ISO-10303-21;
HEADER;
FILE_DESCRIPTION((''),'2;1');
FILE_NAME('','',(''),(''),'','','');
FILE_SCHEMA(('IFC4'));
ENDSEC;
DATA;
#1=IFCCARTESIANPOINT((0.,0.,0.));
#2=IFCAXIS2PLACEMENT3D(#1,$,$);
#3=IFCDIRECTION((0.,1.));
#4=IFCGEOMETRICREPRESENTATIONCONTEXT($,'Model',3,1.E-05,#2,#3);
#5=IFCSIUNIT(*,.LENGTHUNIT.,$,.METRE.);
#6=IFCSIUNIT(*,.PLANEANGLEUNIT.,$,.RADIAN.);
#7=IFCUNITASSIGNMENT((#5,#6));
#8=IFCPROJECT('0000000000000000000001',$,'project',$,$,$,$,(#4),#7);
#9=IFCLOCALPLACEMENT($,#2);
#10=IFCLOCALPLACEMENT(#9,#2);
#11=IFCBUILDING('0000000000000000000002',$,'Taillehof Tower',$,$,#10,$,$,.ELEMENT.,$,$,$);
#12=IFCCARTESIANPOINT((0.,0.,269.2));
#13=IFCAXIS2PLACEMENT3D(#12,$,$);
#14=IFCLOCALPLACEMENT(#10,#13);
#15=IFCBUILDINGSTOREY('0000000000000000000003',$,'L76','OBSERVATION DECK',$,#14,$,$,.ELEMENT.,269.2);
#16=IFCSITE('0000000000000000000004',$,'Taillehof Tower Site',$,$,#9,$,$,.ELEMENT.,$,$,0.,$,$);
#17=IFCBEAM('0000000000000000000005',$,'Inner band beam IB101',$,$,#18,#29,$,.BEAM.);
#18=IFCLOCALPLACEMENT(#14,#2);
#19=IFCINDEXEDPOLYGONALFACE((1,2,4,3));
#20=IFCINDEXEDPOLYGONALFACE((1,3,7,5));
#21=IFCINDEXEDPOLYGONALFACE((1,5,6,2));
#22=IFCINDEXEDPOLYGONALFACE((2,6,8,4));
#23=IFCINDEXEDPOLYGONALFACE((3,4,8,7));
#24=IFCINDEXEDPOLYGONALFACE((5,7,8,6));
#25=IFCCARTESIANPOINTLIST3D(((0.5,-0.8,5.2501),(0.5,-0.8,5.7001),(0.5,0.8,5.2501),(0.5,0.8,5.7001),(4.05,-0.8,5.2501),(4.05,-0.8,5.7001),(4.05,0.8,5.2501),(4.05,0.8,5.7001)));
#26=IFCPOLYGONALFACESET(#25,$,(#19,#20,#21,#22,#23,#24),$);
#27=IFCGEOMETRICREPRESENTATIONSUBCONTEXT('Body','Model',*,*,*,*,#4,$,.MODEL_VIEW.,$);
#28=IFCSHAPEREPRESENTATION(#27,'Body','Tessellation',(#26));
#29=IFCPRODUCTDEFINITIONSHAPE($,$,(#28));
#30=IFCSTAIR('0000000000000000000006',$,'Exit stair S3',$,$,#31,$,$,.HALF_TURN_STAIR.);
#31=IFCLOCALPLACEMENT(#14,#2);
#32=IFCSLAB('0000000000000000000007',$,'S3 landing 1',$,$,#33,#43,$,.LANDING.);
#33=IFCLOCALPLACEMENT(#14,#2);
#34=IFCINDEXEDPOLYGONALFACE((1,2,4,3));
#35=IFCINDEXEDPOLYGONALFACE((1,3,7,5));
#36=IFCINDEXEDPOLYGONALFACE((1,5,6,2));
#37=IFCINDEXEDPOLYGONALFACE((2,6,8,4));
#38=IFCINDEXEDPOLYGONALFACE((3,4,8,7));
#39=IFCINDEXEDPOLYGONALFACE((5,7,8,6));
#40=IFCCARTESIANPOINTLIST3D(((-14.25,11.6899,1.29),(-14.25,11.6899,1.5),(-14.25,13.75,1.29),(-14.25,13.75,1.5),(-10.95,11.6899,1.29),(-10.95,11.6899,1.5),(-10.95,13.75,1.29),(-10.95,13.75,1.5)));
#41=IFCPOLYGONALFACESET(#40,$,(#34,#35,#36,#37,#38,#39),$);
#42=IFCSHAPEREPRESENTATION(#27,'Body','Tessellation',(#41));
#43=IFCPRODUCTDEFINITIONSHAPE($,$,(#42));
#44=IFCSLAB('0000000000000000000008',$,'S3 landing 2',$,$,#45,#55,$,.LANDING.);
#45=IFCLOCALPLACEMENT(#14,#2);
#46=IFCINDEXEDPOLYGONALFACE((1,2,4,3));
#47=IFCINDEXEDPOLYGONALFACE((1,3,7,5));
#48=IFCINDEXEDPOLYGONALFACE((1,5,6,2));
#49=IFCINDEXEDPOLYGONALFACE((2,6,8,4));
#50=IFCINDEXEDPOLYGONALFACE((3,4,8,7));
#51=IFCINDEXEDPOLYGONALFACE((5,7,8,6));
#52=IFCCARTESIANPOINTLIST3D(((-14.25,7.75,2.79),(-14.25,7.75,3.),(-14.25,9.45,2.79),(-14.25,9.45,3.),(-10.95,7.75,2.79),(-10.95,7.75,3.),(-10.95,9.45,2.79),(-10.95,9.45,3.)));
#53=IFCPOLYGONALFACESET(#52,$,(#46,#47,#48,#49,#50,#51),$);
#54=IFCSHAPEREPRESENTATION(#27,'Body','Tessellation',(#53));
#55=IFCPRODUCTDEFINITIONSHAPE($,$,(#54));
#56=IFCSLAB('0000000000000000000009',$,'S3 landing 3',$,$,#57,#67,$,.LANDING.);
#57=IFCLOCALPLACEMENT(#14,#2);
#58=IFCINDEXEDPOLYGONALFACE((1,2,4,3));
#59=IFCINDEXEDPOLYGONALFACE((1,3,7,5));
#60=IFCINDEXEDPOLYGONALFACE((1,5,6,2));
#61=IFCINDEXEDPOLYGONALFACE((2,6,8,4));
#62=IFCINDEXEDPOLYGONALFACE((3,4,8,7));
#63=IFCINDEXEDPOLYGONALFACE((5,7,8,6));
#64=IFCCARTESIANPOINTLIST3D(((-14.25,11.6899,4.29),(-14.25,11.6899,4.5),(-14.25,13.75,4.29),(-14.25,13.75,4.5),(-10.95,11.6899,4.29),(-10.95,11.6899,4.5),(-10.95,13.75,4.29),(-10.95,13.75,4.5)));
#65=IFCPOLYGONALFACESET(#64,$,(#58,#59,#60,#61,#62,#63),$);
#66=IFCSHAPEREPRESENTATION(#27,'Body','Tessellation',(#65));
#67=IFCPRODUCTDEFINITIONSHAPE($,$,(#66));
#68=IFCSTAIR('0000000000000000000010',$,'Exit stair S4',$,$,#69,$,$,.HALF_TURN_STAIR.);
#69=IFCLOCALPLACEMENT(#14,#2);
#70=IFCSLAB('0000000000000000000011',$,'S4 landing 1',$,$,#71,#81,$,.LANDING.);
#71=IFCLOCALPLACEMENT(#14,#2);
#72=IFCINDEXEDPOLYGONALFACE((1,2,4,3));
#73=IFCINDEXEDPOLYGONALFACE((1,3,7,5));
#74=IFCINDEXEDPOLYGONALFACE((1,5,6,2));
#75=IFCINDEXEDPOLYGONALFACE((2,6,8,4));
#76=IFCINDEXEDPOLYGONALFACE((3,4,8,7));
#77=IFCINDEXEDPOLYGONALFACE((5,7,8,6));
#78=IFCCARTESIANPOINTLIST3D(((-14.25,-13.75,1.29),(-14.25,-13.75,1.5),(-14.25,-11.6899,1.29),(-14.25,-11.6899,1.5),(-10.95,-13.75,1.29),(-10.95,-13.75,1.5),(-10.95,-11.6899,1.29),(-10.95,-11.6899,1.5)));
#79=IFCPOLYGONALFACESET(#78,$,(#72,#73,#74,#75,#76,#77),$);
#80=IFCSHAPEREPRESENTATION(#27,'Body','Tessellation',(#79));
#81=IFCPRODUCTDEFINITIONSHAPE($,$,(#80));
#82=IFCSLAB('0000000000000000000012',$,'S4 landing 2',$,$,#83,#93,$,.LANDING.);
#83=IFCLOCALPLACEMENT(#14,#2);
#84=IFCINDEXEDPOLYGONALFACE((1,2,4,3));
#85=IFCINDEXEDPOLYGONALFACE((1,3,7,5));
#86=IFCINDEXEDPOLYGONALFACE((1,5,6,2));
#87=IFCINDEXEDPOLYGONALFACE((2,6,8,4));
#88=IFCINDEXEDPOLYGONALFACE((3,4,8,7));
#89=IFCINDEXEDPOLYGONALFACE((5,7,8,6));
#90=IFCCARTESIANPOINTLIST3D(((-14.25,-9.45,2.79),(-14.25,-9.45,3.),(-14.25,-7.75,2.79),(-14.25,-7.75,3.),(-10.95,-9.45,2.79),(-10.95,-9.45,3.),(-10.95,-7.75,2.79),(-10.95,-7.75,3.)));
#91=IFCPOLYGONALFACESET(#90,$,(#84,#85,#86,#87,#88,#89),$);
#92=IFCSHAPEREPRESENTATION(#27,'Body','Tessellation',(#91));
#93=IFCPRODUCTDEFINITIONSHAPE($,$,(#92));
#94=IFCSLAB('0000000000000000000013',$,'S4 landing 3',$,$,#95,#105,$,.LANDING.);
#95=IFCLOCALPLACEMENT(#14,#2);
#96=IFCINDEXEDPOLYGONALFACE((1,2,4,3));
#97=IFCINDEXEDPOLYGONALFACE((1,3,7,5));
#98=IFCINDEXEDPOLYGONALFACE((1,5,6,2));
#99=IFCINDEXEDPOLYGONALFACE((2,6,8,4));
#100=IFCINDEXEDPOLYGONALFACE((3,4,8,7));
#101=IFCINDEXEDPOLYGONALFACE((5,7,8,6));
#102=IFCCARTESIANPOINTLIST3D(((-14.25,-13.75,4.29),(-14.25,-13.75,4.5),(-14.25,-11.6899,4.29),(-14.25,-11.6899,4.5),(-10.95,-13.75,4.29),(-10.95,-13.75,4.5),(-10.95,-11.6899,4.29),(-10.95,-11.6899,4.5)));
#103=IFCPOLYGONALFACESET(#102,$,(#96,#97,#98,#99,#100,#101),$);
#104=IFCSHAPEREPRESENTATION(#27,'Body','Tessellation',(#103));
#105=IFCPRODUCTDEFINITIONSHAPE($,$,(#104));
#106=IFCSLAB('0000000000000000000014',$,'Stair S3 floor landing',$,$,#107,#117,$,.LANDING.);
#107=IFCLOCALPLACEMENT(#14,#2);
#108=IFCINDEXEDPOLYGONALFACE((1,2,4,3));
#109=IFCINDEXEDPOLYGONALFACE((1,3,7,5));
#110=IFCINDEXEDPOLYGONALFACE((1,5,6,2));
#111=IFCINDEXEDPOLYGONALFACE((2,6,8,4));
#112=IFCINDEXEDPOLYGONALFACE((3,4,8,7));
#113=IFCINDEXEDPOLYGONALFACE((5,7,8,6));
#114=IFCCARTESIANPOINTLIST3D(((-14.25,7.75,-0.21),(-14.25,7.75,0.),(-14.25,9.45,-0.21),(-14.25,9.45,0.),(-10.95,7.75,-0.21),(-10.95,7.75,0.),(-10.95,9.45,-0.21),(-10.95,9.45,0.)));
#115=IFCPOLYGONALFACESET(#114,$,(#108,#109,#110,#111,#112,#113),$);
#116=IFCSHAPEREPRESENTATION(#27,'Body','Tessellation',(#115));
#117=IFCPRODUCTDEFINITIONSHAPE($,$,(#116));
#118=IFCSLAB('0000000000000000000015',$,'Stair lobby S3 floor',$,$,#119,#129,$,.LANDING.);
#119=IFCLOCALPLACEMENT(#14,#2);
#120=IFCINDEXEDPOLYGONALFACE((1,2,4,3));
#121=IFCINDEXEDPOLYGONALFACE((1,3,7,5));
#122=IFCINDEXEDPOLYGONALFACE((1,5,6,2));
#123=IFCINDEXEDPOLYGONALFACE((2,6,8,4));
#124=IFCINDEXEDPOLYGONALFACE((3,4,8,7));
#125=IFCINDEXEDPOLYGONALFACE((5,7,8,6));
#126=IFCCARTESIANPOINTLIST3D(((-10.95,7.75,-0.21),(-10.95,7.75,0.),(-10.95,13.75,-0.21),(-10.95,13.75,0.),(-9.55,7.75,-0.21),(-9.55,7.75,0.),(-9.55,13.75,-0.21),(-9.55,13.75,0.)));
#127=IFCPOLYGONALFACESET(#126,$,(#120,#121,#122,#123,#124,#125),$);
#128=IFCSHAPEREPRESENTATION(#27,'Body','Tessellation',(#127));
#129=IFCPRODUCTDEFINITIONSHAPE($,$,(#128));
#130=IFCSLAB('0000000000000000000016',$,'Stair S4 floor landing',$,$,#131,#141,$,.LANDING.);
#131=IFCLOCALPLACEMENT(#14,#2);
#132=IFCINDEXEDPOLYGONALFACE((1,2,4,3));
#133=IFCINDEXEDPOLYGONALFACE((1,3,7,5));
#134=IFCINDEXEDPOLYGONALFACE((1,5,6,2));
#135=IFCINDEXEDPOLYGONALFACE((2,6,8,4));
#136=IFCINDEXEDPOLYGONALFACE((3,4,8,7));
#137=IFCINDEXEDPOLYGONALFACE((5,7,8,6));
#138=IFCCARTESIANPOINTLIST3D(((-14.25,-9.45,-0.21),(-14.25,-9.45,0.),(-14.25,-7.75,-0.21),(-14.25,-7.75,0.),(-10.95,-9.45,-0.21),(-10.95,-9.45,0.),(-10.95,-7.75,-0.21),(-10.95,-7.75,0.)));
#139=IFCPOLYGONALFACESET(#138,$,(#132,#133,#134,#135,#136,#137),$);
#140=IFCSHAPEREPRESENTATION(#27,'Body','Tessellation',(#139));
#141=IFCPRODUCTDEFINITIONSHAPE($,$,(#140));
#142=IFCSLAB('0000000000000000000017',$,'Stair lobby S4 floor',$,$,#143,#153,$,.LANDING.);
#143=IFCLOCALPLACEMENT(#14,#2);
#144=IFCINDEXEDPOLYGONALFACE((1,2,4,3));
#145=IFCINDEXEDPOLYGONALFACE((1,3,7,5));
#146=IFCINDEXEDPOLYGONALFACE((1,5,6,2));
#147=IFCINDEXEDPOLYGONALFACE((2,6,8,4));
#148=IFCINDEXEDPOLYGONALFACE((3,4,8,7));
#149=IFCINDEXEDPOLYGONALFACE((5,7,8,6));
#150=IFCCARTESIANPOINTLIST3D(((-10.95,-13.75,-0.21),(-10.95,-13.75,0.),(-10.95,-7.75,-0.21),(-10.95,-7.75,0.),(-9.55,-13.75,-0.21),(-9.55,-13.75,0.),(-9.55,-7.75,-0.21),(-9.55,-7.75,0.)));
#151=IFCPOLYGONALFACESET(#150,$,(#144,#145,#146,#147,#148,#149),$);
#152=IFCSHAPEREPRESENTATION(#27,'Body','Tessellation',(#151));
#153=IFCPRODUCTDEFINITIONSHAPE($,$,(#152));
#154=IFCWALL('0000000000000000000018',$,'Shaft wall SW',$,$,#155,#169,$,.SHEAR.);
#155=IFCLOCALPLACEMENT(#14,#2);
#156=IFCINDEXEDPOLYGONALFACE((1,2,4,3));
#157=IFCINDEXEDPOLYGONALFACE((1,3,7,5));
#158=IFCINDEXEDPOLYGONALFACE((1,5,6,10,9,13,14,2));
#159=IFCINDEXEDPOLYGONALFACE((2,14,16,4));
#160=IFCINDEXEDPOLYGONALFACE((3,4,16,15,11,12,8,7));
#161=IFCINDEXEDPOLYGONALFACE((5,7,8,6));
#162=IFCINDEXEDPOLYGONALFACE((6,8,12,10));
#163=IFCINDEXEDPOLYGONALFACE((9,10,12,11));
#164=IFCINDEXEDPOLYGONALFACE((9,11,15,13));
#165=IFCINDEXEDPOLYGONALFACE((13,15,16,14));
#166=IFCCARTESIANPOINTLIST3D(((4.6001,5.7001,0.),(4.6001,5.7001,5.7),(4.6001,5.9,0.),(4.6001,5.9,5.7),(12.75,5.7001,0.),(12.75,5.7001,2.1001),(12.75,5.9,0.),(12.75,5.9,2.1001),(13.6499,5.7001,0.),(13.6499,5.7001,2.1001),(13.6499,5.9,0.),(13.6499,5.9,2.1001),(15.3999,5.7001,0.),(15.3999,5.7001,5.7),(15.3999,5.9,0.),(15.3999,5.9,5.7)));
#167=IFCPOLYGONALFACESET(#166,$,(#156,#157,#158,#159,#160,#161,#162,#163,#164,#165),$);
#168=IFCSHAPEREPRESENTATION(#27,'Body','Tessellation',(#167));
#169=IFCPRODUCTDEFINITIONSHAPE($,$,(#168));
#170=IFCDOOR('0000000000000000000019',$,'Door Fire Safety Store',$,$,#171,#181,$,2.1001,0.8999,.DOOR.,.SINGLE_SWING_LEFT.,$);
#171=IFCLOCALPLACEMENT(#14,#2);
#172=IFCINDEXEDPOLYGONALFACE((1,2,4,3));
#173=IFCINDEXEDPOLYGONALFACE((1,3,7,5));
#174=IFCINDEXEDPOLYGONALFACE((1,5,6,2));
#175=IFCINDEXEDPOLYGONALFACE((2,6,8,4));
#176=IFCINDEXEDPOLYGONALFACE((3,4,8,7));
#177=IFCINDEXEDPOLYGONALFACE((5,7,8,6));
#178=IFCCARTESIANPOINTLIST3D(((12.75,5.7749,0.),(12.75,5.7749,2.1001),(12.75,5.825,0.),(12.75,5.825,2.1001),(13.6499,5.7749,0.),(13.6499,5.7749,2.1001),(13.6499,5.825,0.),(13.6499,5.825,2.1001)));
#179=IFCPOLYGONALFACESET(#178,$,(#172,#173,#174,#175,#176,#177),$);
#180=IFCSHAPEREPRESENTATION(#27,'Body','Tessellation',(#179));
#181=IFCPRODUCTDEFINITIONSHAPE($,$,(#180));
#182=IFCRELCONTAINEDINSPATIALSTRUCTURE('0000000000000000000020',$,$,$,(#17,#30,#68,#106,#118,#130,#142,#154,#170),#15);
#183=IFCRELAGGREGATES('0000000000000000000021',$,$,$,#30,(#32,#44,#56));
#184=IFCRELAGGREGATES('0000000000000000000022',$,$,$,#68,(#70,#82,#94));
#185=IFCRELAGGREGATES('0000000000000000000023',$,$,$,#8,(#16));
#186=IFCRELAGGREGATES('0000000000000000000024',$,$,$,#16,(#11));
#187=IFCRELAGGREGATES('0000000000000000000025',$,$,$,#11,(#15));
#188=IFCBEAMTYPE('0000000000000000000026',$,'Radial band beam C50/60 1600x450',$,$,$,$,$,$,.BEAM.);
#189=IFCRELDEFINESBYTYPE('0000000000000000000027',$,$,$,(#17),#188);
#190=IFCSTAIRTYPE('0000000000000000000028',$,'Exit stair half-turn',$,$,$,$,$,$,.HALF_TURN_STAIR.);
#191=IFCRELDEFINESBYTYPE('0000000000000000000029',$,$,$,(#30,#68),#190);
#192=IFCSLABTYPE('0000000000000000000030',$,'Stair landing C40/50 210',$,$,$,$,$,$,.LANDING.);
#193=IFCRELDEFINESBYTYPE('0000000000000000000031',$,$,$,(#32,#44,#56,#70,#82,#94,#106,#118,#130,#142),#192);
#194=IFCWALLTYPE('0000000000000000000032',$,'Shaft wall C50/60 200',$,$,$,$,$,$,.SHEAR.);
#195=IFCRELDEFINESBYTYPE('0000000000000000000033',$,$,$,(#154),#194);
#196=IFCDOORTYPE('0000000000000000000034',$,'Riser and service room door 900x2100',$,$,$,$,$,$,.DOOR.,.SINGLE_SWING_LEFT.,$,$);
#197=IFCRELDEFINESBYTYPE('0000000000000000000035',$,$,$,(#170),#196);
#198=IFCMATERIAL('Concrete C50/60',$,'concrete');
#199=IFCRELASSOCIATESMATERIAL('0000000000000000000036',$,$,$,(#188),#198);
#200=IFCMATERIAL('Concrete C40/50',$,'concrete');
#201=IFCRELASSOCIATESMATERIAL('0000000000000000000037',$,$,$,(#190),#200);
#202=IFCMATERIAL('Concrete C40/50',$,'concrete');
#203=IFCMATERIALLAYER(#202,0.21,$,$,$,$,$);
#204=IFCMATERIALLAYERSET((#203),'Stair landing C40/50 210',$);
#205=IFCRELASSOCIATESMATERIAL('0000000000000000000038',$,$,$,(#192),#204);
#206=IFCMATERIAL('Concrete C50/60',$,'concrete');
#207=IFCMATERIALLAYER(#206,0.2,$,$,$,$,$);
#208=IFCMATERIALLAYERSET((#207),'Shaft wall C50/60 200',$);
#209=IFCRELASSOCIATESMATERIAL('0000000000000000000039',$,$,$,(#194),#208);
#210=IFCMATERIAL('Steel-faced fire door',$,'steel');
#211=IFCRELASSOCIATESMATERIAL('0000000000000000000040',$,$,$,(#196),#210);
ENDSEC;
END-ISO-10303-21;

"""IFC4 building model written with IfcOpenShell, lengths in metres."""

from ifc_helpers import new_model, si_unit, direction, frame, frame_2d, origin, origin_2d, place, context, subcontext, project, spatial, polyline, rectangle, outline, extrude, material, layer, layer_set, material_profile, profile_set, type_object, element, fill, aggregate, save


model = new_model("IFC4")

# Units and contexts
model_context = context("Model", 3, precision=1e-05, world=origin(), true_north=direction((0.0, 1.0)))
body_context = subcontext(model_context, "Body", "Model", "MODEL_VIEW")
ifc_project = project(units=[si_unit("LENGTHUNIT", "METRE"), si_unit("PLANEANGLEUNIT", "RADIAN")], contexts=[model_context])

# Site, building, storey
site_placement = place(None, origin())
site = spatial("IfcSite", under=ifc_project, at=site_placement, Name="Taillehof Tower Site", CompositionType="ELEMENT", RefElevation=0.0)
building_placement = place(site_placement, origin())
building = spatial("IfcBuilding", under=site, at=building_placement, Name="Taillehof Tower", CompositionType="ELEMENT")
storey_placement = place(building_placement, frame((0.0, 0.0, 269.2)))
storey = spatial("IfcBuildingStorey", under=building, at=storey_placement, Name="L76", Description="OBSERVATION DECK", CompositionType="ELEMENT", Elevation=269.2)

# Beam
ifc_material_1 = material(Name="Concrete C50/60", Category="concrete")
ifc_material_profile = material_profile(ifc_material_1, rectangle(XDim=1.6001, YDim=0.45, at=origin_2d()), Name="RC 1600x450")
ifc_profile_set = profile_set([ifc_material_profile], Name="Concrete C50/60")
beam_type = type_object("IfcBeamType", Name="Radial band beam C50/60 1600x450", PredefinedType="BEAM", material=ifc_profile_set)
beam_placement = place(storey_placement, frame((0.5, 0.0, 5.4751), z_axis=(1.0, 0.0, 0.0), x_axis=(0.0, 1.0, 0.0)))
element("IfcBeam", 1, at=beam_placement, inside=storey, type_object=beam_type, Name="Inner band beam IB101", PredefinedType="BEAM", context=body_context, shape_type="SweptSolid", body=[
    extrude(rectangle(XDim=1.6001, YDim=0.45, at=origin_2d()), origin(), (0.0, 0.0, 1.0), 3.55),
])

# Stairs, slabs
ifc_material_2 = material(Name="Concrete C40/50", Category="concrete")
stair_type = type_object("IfcStairType", Name="Exit stair half-turn", PredefinedType="HALF_TURN_STAIR", material=ifc_material_2)
stair_1_placement = place(storey_placement, origin())
stair_1 = element("IfcStair", 2, at=stair_1_placement, inside=storey, type_object=stair_type, Name="Exit stair S3", PredefinedType="HALF_TURN_STAIR")
ifc_material_3 = material(Name="Concrete C40/50", Category="concrete")
ifc_layer_1 = layer(ifc_material_3, 0.21)
ifc_layer_set_1 = layer_set([ifc_layer_1], Name="Stair landing C40/50 210")
slab_type = type_object("IfcSlabType", Name="Stair landing C40/50 210", PredefinedType="LANDING", material=ifc_layer_set_1)
slab_1_placement = place(storey_placement, frame((0.0, 0.0, 1.29)))
slab_1 = element("IfcSlab", 3, at=slab_1_placement, type_object=slab_type, Name="S3 landing 1", PredefinedType="LANDING", context=body_context, shape_type="SweptSolid", body=[
    extrude(outline(polyline([(-14.25, 11.6899), (-14.25, 13.75), (-10.95, 13.75), (-10.95, 11.6899), (-14.25, 11.6899)])), origin(), (0.0, 0.0, 1.0), 0.21),
])
slab_2_placement = place(storey_placement, frame((0.0, 0.0, 2.79)))
slab_2 = element("IfcSlab", 4, at=slab_2_placement, type_object=slab_type, Name="S3 landing 2", PredefinedType="LANDING", context=body_context, shape_type="SweptSolid", body=[
    extrude(outline(polyline([(-14.25, 7.75), (-14.25, 9.45), (-10.95, 9.45), (-10.95, 7.75), (-14.25, 7.75)])), origin(), (0.0, 0.0, 1.0), 0.21),
])
slab_3_placement = place(storey_placement, frame((0.0, 0.0, 4.29)))
slab_3 = element("IfcSlab", 5, at=slab_3_placement, type_object=slab_type, Name="S3 landing 3", PredefinedType="LANDING", context=body_context, shape_type="SweptSolid", body=[
    extrude(outline(polyline([(-14.25, 11.6899), (-14.25, 13.75), (-10.95, 13.75), (-10.95, 11.6899), (-14.25, 11.6899)])), origin(), (0.0, 0.0, 1.0), 0.21),
])
aggregate(stair_1, [slab_1, slab_2, slab_3])
stair_2_placement = place(storey_placement, origin())
stair_2 = element("IfcStair", 6, at=stair_2_placement, inside=storey, type_object=stair_type, Name="Exit stair S4", PredefinedType="HALF_TURN_STAIR")
slab_4_placement = place(storey_placement, frame((0.0, 0.0, 1.29)))
slab_4 = element("IfcSlab", 7, at=slab_4_placement, type_object=slab_type, Name="S4 landing 1", PredefinedType="LANDING", context=body_context, shape_type="SweptSolid", body=[
    extrude(outline(polyline([(-14.25, -11.6899), (-14.25, -13.75), (-10.95, -13.75), (-10.95, -11.6899), (-14.25, -11.6899)])), origin(), (0.0, 0.0, 1.0), 0.21),
])
slab_5_placement = place(storey_placement, frame((0.0, 0.0, 2.79)))
slab_5 = element("IfcSlab", 8, at=slab_5_placement, type_object=slab_type, Name="S4 landing 2", PredefinedType="LANDING", context=body_context, shape_type="SweptSolid", body=[
    extrude(outline(polyline([(-14.25, -7.75), (-14.25, -9.45), (-10.95, -9.45), (-10.95, -7.75), (-14.25, -7.75)])), origin(), (0.0, 0.0, 1.0), 0.21),
])
slab_6_placement = place(storey_placement, frame((0.0, 0.0, 4.29)))
slab_6 = element("IfcSlab", 9, at=slab_6_placement, type_object=slab_type, Name="S4 landing 3", PredefinedType="LANDING", context=body_context, shape_type="SweptSolid", body=[
    extrude(outline(polyline([(-14.25, -11.6899), (-14.25, -13.75), (-10.95, -13.75), (-10.95, -11.6899), (-14.25, -11.6899)])), origin(), (0.0, 0.0, 1.0), 0.21),
])
aggregate(stair_2, [slab_4, slab_5, slab_6])

# Slabs
slab_7_placement = place(storey_placement, frame((0.0, 0.0, -0.21)))
element("IfcSlab", 10, at=slab_7_placement, inside=storey, type_object=slab_type, Name="Stair S3 floor landing", PredefinedType="LANDING", context=body_context, shape_type="SweptSolid", body=[
    extrude(outline(polyline([(-14.25, 7.75), (-14.25, 9.45), (-10.95, 9.45), (-10.95, 7.75), (-14.25, 7.75)])), origin(), (0.0, 0.0, 1.0), 0.21),
])
slab_8_placement = place(storey_placement, frame((0.0, 0.0, -0.21)))
element("IfcSlab", 11, at=slab_8_placement, inside=storey, type_object=slab_type, Name="Stair lobby S3 floor", PredefinedType="LANDING", context=body_context, shape_type="SweptSolid", body=[
    extrude(outline(polyline([(-10.95, 7.75), (-9.55, 7.75), (-9.55, 13.75), (-10.95, 13.75), (-10.95, 7.75)])), origin(), (0.0, 0.0, 1.0), 0.21),
])
slab_9_placement = place(storey_placement, frame((0.0, 0.0, -0.21)))
element("IfcSlab", 12, at=slab_9_placement, inside=storey, type_object=slab_type, Name="Stair S4 floor landing", PredefinedType="LANDING", context=body_context, shape_type="SweptSolid", body=[
    extrude(outline(polyline([(-14.25, -7.75), (-14.25, -9.45), (-10.95, -9.45), (-10.95, -7.75), (-14.25, -7.75)])), origin(), (0.0, 0.0, 1.0), 0.21),
])
slab_10_placement = place(storey_placement, frame((0.0, 0.0, -0.21)))
element("IfcSlab", 13, at=slab_10_placement, inside=storey, type_object=slab_type, Name="Stair lobby S4 floor", PredefinedType="LANDING", context=body_context, shape_type="SweptSolid", body=[
    extrude(outline(polyline([(-10.95, -13.75), (-9.55, -13.75), (-9.55, -7.75), (-10.95, -7.75), (-10.95, -13.75)])), origin(), (0.0, 0.0, 1.0), 0.21),
])

# Wall, opening, door
ifc_material_4 = material(Name="Concrete C50/60", Category="concrete")
ifc_layer_2 = layer(ifc_material_4, 0.2)
ifc_layer_set_2 = layer_set([ifc_layer_2], Name="Shaft wall C50/60 200")
wall_type_1 = type_object("IfcWallType", Name="Shaft wall C50/60 200", PredefinedType="SHEAR", material=ifc_layer_set_2)
wall_1_placement = place(storey_placement, frame((4.6001, 5.8, 0.0), z_axis=(0.0, 0.0, 1.0), x_axis=(1.0, 0.0, 0.0)))
wall_1 = element("IfcWall", 14, at=wall_1_placement, inside=storey, type_object=wall_type_1, Name="Shaft wall SW", PredefinedType="SHEAR", context=body_context, shape_type="SweptSolid", body=[
    extrude(rectangle(XDim=10.7998, YDim=0.2, at=frame_2d((5.3999, 0.0))), origin(), (0.0, 0.0, 1.0), 5.7),
])
opening_1_placement = place(wall_1_placement, frame((8.1499, 0.0, 0.0)))
opening_1 = element("IfcOpeningElement", 15, at=opening_1_placement, cuts=wall_1, PredefinedType="OPENING", context=body_context, shape_type="SweptSolid", body=[
    extrude(rectangle(XDim=0.8999, YDim=2.1001, at=frame_2d((0.45, 1.05))), frame((0.0, 0.1099, 0.0), z_axis=(0.0, -1.0, 0.0), x_axis=(1.0, 0.0, 0.0)), (0.0, 0.0, 1.0), 0.22),
])
ifc_material_5 = material(Name="Steel-faced fire door", Category="steel")
door_type_1 = type_object("IfcDoorType", Name="Riser and service room door 900x2100", OperationType="SINGLE_SWING_LEFT", PredefinedType="DOOR", material=ifc_material_5)
door_1_placement = place(opening_1_placement, origin())
door_1 = element("IfcDoor", 16, at=door_1_placement, inside=storey, type_object=door_type_1, Name="Door Fire Safety Store", OperationType="SINGLE_SWING_LEFT", OverallHeight=2.1001, OverallWidth=0.8999, PredefinedType="DOOR", context=body_context, shape_type="SweptSolid", body=[
    extrude(rectangle(XDim=0.8999, YDim=2.1001, at=frame_2d((0.45, 1.05))), frame((0.0, 0.0249, 0.0), z_axis=(0.0, -1.0, 0.0), x_axis=(1.0, 0.0, 0.0)), (0.0, 0.0, 1.0), 0.05),
])
fill(opening_1, door_1)

save(model, "model.ifc")
